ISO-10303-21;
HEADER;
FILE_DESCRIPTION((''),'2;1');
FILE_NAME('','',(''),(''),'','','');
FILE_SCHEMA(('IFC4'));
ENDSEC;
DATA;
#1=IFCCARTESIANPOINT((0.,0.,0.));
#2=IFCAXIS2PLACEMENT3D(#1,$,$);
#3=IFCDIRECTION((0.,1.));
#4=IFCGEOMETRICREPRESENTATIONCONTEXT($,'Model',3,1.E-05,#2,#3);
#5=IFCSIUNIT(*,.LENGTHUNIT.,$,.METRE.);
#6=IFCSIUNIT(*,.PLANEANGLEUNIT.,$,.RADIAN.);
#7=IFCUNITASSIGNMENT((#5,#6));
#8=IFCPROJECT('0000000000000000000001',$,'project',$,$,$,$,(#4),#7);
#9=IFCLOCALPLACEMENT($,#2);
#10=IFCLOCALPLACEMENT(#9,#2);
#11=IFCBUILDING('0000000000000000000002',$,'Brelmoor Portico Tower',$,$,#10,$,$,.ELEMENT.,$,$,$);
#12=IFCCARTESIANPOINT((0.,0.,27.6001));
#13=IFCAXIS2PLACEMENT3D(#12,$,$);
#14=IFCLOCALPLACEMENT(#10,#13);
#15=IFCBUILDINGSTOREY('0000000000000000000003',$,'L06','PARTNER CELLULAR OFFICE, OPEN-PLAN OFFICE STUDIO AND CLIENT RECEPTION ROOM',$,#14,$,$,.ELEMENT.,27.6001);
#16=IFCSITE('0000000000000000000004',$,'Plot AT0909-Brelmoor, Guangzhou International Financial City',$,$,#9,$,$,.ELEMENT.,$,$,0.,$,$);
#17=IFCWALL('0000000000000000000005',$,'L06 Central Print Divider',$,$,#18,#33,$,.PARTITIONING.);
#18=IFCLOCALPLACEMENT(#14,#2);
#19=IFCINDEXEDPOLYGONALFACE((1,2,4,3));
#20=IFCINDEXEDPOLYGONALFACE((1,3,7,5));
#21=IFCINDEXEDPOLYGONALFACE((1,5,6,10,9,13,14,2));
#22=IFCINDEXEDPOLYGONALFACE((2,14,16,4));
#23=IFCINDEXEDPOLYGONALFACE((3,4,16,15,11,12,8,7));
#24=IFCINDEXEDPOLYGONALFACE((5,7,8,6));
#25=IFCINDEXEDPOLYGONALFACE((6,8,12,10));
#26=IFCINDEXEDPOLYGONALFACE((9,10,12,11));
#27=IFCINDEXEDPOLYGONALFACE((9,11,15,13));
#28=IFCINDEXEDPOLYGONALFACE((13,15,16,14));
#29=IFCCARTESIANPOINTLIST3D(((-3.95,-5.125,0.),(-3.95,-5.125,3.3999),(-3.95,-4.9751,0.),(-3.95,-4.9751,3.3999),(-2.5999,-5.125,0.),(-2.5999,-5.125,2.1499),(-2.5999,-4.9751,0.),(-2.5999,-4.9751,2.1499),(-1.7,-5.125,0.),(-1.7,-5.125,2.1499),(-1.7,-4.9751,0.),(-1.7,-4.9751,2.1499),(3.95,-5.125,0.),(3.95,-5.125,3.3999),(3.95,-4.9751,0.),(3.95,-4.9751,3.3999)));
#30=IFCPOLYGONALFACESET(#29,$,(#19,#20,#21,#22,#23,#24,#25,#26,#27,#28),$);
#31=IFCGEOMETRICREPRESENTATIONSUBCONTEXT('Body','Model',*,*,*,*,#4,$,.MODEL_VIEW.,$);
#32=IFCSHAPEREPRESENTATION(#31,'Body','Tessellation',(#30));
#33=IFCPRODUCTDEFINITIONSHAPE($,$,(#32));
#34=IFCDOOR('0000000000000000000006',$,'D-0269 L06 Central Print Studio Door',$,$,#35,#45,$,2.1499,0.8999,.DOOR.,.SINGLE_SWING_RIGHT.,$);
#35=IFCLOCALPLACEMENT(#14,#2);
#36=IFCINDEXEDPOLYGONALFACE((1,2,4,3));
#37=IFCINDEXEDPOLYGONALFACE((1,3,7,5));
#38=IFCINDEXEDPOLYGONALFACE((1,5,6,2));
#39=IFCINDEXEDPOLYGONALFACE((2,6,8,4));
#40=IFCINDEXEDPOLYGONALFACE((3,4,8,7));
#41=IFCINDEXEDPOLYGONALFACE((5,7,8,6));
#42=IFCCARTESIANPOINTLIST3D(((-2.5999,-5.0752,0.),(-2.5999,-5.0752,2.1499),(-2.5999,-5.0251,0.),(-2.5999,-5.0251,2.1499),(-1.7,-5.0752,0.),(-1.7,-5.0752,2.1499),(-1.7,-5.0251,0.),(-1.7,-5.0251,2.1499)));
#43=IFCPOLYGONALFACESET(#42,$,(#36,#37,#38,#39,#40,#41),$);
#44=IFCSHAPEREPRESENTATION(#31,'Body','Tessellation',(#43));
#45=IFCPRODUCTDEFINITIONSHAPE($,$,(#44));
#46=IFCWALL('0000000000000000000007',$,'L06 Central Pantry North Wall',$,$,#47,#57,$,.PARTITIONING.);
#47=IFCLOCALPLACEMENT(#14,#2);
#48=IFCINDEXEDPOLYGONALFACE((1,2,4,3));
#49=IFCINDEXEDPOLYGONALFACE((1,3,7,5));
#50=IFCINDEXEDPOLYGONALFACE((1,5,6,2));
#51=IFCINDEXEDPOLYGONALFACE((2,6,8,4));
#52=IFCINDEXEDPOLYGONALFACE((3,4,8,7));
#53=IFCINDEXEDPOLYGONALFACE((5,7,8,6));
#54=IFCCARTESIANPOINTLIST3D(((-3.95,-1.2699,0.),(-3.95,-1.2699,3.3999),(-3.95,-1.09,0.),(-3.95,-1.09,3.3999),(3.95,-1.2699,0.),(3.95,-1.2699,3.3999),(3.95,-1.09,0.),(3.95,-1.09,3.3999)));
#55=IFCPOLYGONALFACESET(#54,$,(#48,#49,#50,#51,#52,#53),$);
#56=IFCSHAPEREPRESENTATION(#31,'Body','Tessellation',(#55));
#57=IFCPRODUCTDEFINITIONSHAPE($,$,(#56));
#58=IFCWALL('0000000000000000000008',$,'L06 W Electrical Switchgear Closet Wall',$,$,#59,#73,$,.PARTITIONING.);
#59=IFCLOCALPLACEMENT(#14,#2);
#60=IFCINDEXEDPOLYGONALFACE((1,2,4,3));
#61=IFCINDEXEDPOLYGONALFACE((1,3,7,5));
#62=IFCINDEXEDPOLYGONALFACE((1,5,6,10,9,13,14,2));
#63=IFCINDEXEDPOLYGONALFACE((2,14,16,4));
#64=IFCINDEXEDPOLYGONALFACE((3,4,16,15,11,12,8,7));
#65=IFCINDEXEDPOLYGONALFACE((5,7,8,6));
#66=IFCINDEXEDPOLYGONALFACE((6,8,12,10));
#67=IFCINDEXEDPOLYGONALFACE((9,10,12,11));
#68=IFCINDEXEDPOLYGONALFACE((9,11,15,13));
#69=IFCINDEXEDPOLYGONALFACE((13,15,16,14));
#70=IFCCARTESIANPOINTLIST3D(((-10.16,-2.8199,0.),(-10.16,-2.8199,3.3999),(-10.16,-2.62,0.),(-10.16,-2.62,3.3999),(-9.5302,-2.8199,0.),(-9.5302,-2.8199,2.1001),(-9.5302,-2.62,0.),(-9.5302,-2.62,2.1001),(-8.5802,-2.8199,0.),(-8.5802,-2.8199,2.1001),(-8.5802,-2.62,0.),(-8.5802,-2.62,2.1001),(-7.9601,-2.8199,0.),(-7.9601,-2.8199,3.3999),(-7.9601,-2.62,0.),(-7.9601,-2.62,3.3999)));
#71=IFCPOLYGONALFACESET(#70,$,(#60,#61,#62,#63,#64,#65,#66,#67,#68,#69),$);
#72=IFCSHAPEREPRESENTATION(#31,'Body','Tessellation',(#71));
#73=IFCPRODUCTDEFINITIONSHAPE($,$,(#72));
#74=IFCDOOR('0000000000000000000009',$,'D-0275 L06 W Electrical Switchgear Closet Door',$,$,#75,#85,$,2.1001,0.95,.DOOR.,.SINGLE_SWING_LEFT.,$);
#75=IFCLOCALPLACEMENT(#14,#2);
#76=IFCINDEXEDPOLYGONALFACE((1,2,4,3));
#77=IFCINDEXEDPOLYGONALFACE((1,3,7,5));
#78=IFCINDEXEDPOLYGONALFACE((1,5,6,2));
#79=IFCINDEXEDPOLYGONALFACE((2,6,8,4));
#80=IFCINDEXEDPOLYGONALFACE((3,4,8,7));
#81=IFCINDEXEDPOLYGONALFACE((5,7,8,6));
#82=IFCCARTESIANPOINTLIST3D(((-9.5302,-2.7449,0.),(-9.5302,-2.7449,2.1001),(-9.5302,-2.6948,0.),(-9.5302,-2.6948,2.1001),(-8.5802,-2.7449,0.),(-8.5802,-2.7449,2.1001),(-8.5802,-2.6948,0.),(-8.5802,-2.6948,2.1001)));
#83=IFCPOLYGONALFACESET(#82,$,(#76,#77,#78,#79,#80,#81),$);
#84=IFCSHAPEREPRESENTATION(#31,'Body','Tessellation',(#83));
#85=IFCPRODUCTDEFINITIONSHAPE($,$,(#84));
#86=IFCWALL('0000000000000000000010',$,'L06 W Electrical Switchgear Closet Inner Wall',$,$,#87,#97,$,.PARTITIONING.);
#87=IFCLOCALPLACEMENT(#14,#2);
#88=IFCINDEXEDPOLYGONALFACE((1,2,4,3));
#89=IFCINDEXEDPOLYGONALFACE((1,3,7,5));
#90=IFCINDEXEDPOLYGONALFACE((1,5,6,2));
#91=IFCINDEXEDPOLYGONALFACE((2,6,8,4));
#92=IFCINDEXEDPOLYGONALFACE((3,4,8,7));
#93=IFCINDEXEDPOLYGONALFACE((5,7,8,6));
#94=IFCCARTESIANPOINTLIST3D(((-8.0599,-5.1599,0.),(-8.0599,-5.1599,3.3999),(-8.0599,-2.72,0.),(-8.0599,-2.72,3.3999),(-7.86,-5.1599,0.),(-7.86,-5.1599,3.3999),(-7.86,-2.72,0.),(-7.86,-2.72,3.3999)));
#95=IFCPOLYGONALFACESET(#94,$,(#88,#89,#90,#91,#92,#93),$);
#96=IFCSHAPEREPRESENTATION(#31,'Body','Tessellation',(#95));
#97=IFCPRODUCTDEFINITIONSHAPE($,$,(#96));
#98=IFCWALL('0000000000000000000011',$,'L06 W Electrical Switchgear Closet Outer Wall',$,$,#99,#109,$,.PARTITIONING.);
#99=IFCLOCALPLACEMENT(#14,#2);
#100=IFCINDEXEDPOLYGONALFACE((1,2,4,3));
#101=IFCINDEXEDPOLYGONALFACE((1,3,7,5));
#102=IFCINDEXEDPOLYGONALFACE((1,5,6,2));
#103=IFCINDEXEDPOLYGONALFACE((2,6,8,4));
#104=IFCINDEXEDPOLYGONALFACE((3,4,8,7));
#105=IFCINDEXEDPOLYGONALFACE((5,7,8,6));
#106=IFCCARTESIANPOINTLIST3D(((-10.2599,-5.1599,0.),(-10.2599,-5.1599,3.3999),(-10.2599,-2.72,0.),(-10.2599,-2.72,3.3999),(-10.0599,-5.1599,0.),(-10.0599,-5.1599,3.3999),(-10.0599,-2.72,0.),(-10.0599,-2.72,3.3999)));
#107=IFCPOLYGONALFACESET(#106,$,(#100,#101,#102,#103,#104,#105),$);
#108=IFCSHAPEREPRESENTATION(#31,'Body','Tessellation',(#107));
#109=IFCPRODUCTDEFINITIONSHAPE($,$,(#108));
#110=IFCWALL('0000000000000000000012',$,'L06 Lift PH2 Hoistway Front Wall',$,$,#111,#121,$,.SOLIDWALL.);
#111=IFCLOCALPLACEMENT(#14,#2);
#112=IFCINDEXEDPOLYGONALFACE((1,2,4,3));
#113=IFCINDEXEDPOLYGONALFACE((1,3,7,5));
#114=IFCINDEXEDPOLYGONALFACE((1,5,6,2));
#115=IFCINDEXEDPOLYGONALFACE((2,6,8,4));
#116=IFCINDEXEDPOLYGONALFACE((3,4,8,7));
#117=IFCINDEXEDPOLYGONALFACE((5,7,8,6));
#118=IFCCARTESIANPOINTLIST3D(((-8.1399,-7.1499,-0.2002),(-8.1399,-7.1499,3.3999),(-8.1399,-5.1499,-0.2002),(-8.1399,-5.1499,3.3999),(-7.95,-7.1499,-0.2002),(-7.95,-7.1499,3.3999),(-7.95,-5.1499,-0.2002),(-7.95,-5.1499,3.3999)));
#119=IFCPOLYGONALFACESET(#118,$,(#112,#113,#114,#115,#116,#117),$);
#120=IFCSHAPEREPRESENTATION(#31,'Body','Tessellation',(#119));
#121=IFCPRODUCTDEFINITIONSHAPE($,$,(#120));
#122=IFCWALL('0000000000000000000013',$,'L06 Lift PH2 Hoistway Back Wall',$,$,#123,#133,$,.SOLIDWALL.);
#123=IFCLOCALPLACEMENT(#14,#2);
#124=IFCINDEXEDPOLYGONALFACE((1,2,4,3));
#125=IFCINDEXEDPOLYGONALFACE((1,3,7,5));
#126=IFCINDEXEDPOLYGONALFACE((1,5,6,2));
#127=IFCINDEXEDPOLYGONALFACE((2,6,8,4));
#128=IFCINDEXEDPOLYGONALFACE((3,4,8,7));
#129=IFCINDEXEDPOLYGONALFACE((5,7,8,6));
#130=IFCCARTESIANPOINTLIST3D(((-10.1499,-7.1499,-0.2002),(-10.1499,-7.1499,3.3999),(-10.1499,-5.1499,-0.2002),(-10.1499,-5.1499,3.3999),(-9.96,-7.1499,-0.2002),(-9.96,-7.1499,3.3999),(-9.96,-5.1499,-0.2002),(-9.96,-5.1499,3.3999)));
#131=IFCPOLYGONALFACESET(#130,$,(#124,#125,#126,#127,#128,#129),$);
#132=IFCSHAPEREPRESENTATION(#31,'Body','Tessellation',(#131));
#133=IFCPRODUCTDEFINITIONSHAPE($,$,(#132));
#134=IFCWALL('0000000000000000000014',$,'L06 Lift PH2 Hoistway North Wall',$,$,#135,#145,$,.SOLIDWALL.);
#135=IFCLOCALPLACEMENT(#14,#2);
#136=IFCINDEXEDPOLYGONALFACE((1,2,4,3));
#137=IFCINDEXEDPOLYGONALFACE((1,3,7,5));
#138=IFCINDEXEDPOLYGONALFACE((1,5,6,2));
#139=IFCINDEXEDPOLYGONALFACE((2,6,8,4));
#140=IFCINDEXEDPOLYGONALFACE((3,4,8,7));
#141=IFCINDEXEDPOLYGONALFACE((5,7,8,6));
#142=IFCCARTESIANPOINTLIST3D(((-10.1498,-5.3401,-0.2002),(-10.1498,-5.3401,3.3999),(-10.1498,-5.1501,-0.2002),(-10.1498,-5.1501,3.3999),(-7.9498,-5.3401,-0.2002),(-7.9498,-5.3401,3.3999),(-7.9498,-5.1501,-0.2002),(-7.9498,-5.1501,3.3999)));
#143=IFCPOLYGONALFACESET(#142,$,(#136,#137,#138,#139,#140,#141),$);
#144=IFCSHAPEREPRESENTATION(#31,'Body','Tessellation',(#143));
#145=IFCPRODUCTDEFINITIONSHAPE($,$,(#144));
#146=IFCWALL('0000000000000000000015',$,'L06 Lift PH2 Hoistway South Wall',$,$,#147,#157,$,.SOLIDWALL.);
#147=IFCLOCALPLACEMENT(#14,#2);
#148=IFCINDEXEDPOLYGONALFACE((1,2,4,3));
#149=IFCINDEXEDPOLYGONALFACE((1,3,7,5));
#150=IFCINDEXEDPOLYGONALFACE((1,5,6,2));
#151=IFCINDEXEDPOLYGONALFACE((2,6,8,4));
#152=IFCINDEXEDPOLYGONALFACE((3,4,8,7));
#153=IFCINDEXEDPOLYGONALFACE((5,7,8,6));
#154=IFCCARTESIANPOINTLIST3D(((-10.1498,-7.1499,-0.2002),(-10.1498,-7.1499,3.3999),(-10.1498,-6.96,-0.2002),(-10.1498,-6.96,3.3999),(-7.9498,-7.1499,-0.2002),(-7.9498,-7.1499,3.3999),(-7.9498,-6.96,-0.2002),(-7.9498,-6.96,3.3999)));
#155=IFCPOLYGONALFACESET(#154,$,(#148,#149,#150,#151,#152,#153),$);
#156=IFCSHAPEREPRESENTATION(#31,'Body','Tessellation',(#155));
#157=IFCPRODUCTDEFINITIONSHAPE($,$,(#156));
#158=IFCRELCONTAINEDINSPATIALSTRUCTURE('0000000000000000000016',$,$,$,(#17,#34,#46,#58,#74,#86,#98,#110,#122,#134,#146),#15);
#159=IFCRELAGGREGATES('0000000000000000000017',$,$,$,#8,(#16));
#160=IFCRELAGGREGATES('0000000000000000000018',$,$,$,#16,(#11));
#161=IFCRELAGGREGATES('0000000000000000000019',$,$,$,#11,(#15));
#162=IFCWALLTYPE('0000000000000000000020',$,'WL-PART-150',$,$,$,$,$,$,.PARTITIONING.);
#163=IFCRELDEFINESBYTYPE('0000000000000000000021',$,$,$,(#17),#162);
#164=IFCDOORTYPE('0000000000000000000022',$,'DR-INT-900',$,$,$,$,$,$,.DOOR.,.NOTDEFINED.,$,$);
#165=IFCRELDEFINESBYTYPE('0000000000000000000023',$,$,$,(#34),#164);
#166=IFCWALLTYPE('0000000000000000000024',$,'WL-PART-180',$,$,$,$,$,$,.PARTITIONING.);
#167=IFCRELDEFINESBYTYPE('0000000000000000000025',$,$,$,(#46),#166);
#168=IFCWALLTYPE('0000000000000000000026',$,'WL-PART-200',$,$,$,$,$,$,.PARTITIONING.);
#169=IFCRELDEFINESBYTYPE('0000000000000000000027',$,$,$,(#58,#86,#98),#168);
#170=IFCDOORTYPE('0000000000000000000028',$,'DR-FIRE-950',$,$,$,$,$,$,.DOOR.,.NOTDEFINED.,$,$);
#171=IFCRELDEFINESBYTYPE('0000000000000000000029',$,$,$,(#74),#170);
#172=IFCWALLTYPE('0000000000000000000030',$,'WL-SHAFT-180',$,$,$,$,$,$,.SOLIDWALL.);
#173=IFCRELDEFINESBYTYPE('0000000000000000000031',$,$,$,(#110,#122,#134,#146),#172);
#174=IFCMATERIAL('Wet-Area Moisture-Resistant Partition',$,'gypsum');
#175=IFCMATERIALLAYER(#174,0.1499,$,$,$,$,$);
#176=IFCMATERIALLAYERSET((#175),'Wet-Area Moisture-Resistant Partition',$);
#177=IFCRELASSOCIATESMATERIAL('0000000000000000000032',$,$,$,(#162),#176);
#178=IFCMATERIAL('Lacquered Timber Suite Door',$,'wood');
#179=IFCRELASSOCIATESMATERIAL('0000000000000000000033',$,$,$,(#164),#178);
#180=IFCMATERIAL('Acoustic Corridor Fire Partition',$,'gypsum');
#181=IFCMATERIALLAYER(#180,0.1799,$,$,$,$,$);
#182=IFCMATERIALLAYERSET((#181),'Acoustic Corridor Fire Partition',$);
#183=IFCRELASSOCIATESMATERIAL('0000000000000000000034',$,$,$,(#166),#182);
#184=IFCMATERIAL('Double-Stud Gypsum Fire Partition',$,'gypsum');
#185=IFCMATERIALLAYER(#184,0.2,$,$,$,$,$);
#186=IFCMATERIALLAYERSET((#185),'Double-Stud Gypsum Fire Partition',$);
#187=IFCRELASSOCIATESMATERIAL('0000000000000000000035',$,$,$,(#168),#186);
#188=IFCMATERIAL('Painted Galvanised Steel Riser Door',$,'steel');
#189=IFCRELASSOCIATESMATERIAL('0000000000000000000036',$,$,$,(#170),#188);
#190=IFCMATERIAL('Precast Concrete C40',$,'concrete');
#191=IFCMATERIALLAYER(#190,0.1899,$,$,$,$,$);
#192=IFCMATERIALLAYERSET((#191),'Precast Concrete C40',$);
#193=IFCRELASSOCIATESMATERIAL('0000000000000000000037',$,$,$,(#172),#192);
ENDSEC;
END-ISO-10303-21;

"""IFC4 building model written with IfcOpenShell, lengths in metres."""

from ifc_helpers import new_model, si_unit, direction, frame, frame_2d, origin, place, context, subcontext, project, spatial, rectangle, extrude, material, layer, layer_set, type_object, element, fill, save


model = new_model("IFC4")

# Units and contexts
model_context = context("Model", 3, precision=1e-05, world=origin(), true_north=direction((0.0, 1.0)))
body_context = subcontext(model_context, "Body", "Model", "MODEL_VIEW")
ifc_project = project(units=[si_unit("LENGTHUNIT", "METRE"), si_unit("PLANEANGLEUNIT", "RADIAN")], contexts=[model_context])

# Site, building, storey
site_placement = place(None, origin())
site = spatial("IfcSite", under=ifc_project, at=site_placement, Name="Plot AT0909-Brelmoor, Guangzhou International Financial City", CompositionType="ELEMENT", RefElevation=0.0)
building_placement = place(site_placement, origin())
building = spatial("IfcBuilding", under=site, at=building_placement, Name="Brelmoor Portico Tower", CompositionType="ELEMENT")
storey_placement = place(building_placement, frame((0.0, 0.0, 27.6001)))
storey = spatial("IfcBuildingStorey", under=building, at=storey_placement, Name="L06", Description="PARTNER CELLULAR OFFICE, OPEN-PLAN OFFICE STUDIO AND CLIENT RECEPTION ROOM", CompositionType="ELEMENT", Elevation=27.6001)

# Wall, opening, door
ifc_material_1 = material(Name="Wet-Area Moisture-Resistant Partition", Category="gypsum")
ifc_layer_1 = layer(ifc_material_1, 0.1499)
ifc_layer_set_1 = layer_set([ifc_layer_1], Name="Wet-Area Moisture-Resistant Partition")
wall_type_1 = type_object("IfcWallType", Name="WL-PART-150", PredefinedType="PARTITIONING", material=ifc_layer_set_1)
wall_1_placement = place(storey_placement, frame((-3.95, -5.05, 0.0), z_axis=(0.0, 0.0, 1.0), x_axis=(1.0, 0.0, 0.0)))
wall_1 = element("IfcWall", 1, at=wall_1_placement, inside=storey, type_object=wall_type_1, Name="L06 Central Print Divider", PredefinedType="PARTITIONING", context=body_context, shape_type="SweptSolid", body=[
    extrude(rectangle(XDim=7.8999, YDim=0.1499, at=frame_2d((3.95, 0.0))), origin(), (0.0, 0.0, 1.0), 3.3999),
])
opening_1_placement = place(wall_1_placement, frame((1.3501, 0.0, 0.0)))
opening_1 = element("IfcOpeningElement", 2, at=opening_1_placement, cuts=wall_1, PredefinedType="OPENING", context=body_context, shape_type="SweptSolid", body=[
    extrude(rectangle(XDim=0.8999, YDim=2.1499, at=frame_2d((0.45, 1.075))), frame((0.0, 0.085, 0.0), z_axis=(0.0, -1.0, 0.0), x_axis=(1.0, 0.0, 0.0)), (0.0, 0.0, 1.0), 0.1699),
])
ifc_material_2 = material(Name="Lacquered Timber Suite Door", Category="wood")
door_type_1 = type_object("IfcDoorType", Name="DR-INT-900", OperationType="NOTDEFINED", PredefinedType="DOOR", material=ifc_material_2)
door_1_placement = place(opening_1_placement, origin())
door_1 = element("IfcDoor", 3, at=door_1_placement, inside=storey, type_object=door_type_1, Name="D-0269 L06 Central Print Studio Door", OperationType="SINGLE_SWING_RIGHT", OverallHeight=2.1499, OverallWidth=0.8999, PredefinedType="DOOR", context=body_context, shape_type="SweptSolid", body=[
    extrude(rectangle(XDim=0.8999, YDim=2.1499, at=frame_2d((0.45, 1.075))), frame((0.0, 0.0249, 0.0), z_axis=(0.0, -1.0, 0.0), x_axis=(1.0, 0.0, 0.0)), (0.0, 0.0, 1.0), 0.05),
])
fill(opening_1, door_1)

# Wall
ifc_material_3 = material(Name="Acoustic Corridor Fire Partition", Category="gypsum")
ifc_layer_2 = layer(ifc_material_3, 0.1799)
ifc_layer_set_2 = layer_set([ifc_layer_2], Name="Acoustic Corridor Fire Partition")
wall_type_2 = type_object("IfcWallType", Name="WL-PART-180", PredefinedType="PARTITIONING", material=ifc_layer_set_2)
wall_2_placement = place(storey_placement, frame((-3.95, -1.1799, 0.0), z_axis=(0.0, 0.0, 1.0), x_axis=(1.0, 0.0, 0.0)))
element("IfcWall", 4, at=wall_2_placement, inside=storey, type_object=wall_type_2, Name="L06 Central Pantry North Wall", PredefinedType="PARTITIONING", context=body_context, shape_type="SweptSolid", body=[
    extrude(rectangle(XDim=7.8999, YDim=0.1799, at=frame_2d((3.95, 0.0))), origin(), (0.0, 0.0, 1.0), 3.3999),
])

# Wall, opening, door
ifc_material_4 = material(Name="Double-Stud Gypsum Fire Partition", Category="gypsum")
ifc_layer_3 = layer(ifc_material_4, 0.2)
ifc_layer_set_3 = layer_set([ifc_layer_3], Name="Double-Stud Gypsum Fire Partition")
wall_type_3 = type_object("IfcWallType", Name="WL-PART-200", PredefinedType="PARTITIONING", material=ifc_layer_set_3)
wall_3_placement = place(storey_placement, frame((-7.96, -2.72, 0.0), z_axis=(0.0, 0.0, 1.0), x_axis=(-1.0, 0.0, 0.0)))
wall_3 = element("IfcWall", 5, at=wall_3_placement, inside=storey, type_object=wall_type_3, Name="L06 W Electrical Switchgear Closet Wall", PredefinedType="PARTITIONING", context=body_context, shape_type="SweptSolid", body=[
    extrude(rectangle(XDim=2.2, YDim=0.2, at=frame_2d((1.1001, 0.0))), origin(), (0.0, 0.0, 1.0), 3.3999),
])
opening_2_placement = place(wall_3_placement, frame((0.6201, 0.0, 0.0)))
opening_2 = element("IfcOpeningElement", 6, at=opening_2_placement, cuts=wall_3, PredefinedType="OPENING", context=body_context, shape_type="SweptSolid", body=[
    extrude(rectangle(XDim=0.95, YDim=2.1001, at=frame_2d((0.4751, 1.05))), frame((0.0, 0.1099, 0.0), z_axis=(0.0, -1.0, 0.0), x_axis=(1.0, 0.0, 0.0)), (0.0, 0.0, 1.0), 0.22),
])
ifc_material_5 = material(Name="Painted Galvanised Steel Riser Door", Category="steel")
door_type_2 = type_object("IfcDoorType", Name="DR-FIRE-950", OperationType="NOTDEFINED", PredefinedType="DOOR", material=ifc_material_5)
door_2_placement = place(opening_2_placement, origin())
door_2 = element("IfcDoor", 7, at=door_2_placement, inside=storey, type_object=door_type_2, Name="D-0275 L06 W Electrical Switchgear Closet Door", OperationType="SINGLE_SWING_LEFT", OverallHeight=2.1001, OverallWidth=0.95, PredefinedType="DOOR", context=body_context, shape_type="SweptSolid", body=[
    extrude(rectangle(XDim=0.95, YDim=2.1001, at=frame_2d((0.4751, 1.05))), frame((0.0, 0.0249, 0.0), z_axis=(0.0, -1.0, 0.0), x_axis=(1.0, 0.0, 0.0)), (0.0, 0.0, 1.0), 0.05),
])
fill(opening_2, door_2)

# Walls
for number, where, z_axis, x_axis, name in (
    (8, (-7.96, -5.1599, 0.0), (0.0, 0.0, 1.0), (0.0, 1.0, 0.0), "L06 W Electrical Switchgear Closet Inner Wall"),
    (9, (-10.1599, -5.1599, 0.0), (0.0, 0.0, 1.0), (0.0, 1.0, 0.0), "L06 W Electrical Switchgear Closet Outer Wall"),
):
    element("IfcWall", number, at=place(storey_placement, frame(where, z_axis=z_axis, x_axis=x_axis)), inside=storey, type_object=wall_type_3, Name=name, PredefinedType="PARTITIONING", context=body_context, shape_type="SweptSolid", body=[
        extrude(rectangle(XDim=2.4399, YDim=0.2, at=frame_2d((1.22, 0.0))), origin(), (0.0, 0.0, 1.0), 3.3999),
    ])
ifc_material_6 = material(Name="Precast Concrete C40", Category="concrete")
ifc_layer_4 = layer(ifc_material_6, 0.1899)
ifc_layer_set_4 = layer_set([ifc_layer_4], Name="Precast Concrete C40")
wall_type_4 = type_object("IfcWallType", Name="WL-SHAFT-180", PredefinedType="SOLIDWALL", material=ifc_layer_set_4)
for number, where, z_axis, x_axis, name in (
    (10, (-8.0449, -7.1499, -0.2002), (0.0, 0.0, 1.0), (0.0, 1.0, 0.0), "L06 Lift PH2 Hoistway Front Wall"),
    (11, (-10.0549, -7.1499, -0.2002), (0.0, 0.0, 1.0), (0.0, 1.0, 0.0), "L06 Lift PH2 Hoistway Back Wall"),
):
    element("IfcWall", number, at=place(storey_placement, frame(where, z_axis=z_axis, x_axis=x_axis)), inside=storey, type_object=wall_type_4, Name=name, PredefinedType="SOLIDWALL", context=body_context, shape_type="SweptSolid", body=[
        extrude(rectangle(XDim=2.0, YDim=0.1899, at=frame_2d((1.0, 0.0))), origin(), (0.0, 0.0, 1.0), 3.6001),
    ])
for number, where, z_axis, x_axis, name in (
    (12, (-10.1499, -5.2451, -0.2002), (0.0, 0.0, 1.0), (1.0, 0.0, 0.0), "L06 Lift PH2 Hoistway North Wall"),
    (13, (-10.1499, -7.0549, -0.2002), (0.0, 0.0, 1.0), (1.0, 0.0, 0.0), "L06 Lift PH2 Hoistway South Wall"),
):
    element("IfcWall", number, at=place(storey_placement, frame(where, z_axis=z_axis, x_axis=x_axis)), inside=storey, type_object=wall_type_4, Name=name, PredefinedType="SOLIDWALL", context=body_context, shape_type="SweptSolid", body=[
        extrude(rectangle(XDim=2.2, YDim=0.1899, at=frame_2d((1.1001, 0.0))), origin(), (0.0, 0.0, 1.0), 3.6001),
    ])

save(model, "model.ifc")
